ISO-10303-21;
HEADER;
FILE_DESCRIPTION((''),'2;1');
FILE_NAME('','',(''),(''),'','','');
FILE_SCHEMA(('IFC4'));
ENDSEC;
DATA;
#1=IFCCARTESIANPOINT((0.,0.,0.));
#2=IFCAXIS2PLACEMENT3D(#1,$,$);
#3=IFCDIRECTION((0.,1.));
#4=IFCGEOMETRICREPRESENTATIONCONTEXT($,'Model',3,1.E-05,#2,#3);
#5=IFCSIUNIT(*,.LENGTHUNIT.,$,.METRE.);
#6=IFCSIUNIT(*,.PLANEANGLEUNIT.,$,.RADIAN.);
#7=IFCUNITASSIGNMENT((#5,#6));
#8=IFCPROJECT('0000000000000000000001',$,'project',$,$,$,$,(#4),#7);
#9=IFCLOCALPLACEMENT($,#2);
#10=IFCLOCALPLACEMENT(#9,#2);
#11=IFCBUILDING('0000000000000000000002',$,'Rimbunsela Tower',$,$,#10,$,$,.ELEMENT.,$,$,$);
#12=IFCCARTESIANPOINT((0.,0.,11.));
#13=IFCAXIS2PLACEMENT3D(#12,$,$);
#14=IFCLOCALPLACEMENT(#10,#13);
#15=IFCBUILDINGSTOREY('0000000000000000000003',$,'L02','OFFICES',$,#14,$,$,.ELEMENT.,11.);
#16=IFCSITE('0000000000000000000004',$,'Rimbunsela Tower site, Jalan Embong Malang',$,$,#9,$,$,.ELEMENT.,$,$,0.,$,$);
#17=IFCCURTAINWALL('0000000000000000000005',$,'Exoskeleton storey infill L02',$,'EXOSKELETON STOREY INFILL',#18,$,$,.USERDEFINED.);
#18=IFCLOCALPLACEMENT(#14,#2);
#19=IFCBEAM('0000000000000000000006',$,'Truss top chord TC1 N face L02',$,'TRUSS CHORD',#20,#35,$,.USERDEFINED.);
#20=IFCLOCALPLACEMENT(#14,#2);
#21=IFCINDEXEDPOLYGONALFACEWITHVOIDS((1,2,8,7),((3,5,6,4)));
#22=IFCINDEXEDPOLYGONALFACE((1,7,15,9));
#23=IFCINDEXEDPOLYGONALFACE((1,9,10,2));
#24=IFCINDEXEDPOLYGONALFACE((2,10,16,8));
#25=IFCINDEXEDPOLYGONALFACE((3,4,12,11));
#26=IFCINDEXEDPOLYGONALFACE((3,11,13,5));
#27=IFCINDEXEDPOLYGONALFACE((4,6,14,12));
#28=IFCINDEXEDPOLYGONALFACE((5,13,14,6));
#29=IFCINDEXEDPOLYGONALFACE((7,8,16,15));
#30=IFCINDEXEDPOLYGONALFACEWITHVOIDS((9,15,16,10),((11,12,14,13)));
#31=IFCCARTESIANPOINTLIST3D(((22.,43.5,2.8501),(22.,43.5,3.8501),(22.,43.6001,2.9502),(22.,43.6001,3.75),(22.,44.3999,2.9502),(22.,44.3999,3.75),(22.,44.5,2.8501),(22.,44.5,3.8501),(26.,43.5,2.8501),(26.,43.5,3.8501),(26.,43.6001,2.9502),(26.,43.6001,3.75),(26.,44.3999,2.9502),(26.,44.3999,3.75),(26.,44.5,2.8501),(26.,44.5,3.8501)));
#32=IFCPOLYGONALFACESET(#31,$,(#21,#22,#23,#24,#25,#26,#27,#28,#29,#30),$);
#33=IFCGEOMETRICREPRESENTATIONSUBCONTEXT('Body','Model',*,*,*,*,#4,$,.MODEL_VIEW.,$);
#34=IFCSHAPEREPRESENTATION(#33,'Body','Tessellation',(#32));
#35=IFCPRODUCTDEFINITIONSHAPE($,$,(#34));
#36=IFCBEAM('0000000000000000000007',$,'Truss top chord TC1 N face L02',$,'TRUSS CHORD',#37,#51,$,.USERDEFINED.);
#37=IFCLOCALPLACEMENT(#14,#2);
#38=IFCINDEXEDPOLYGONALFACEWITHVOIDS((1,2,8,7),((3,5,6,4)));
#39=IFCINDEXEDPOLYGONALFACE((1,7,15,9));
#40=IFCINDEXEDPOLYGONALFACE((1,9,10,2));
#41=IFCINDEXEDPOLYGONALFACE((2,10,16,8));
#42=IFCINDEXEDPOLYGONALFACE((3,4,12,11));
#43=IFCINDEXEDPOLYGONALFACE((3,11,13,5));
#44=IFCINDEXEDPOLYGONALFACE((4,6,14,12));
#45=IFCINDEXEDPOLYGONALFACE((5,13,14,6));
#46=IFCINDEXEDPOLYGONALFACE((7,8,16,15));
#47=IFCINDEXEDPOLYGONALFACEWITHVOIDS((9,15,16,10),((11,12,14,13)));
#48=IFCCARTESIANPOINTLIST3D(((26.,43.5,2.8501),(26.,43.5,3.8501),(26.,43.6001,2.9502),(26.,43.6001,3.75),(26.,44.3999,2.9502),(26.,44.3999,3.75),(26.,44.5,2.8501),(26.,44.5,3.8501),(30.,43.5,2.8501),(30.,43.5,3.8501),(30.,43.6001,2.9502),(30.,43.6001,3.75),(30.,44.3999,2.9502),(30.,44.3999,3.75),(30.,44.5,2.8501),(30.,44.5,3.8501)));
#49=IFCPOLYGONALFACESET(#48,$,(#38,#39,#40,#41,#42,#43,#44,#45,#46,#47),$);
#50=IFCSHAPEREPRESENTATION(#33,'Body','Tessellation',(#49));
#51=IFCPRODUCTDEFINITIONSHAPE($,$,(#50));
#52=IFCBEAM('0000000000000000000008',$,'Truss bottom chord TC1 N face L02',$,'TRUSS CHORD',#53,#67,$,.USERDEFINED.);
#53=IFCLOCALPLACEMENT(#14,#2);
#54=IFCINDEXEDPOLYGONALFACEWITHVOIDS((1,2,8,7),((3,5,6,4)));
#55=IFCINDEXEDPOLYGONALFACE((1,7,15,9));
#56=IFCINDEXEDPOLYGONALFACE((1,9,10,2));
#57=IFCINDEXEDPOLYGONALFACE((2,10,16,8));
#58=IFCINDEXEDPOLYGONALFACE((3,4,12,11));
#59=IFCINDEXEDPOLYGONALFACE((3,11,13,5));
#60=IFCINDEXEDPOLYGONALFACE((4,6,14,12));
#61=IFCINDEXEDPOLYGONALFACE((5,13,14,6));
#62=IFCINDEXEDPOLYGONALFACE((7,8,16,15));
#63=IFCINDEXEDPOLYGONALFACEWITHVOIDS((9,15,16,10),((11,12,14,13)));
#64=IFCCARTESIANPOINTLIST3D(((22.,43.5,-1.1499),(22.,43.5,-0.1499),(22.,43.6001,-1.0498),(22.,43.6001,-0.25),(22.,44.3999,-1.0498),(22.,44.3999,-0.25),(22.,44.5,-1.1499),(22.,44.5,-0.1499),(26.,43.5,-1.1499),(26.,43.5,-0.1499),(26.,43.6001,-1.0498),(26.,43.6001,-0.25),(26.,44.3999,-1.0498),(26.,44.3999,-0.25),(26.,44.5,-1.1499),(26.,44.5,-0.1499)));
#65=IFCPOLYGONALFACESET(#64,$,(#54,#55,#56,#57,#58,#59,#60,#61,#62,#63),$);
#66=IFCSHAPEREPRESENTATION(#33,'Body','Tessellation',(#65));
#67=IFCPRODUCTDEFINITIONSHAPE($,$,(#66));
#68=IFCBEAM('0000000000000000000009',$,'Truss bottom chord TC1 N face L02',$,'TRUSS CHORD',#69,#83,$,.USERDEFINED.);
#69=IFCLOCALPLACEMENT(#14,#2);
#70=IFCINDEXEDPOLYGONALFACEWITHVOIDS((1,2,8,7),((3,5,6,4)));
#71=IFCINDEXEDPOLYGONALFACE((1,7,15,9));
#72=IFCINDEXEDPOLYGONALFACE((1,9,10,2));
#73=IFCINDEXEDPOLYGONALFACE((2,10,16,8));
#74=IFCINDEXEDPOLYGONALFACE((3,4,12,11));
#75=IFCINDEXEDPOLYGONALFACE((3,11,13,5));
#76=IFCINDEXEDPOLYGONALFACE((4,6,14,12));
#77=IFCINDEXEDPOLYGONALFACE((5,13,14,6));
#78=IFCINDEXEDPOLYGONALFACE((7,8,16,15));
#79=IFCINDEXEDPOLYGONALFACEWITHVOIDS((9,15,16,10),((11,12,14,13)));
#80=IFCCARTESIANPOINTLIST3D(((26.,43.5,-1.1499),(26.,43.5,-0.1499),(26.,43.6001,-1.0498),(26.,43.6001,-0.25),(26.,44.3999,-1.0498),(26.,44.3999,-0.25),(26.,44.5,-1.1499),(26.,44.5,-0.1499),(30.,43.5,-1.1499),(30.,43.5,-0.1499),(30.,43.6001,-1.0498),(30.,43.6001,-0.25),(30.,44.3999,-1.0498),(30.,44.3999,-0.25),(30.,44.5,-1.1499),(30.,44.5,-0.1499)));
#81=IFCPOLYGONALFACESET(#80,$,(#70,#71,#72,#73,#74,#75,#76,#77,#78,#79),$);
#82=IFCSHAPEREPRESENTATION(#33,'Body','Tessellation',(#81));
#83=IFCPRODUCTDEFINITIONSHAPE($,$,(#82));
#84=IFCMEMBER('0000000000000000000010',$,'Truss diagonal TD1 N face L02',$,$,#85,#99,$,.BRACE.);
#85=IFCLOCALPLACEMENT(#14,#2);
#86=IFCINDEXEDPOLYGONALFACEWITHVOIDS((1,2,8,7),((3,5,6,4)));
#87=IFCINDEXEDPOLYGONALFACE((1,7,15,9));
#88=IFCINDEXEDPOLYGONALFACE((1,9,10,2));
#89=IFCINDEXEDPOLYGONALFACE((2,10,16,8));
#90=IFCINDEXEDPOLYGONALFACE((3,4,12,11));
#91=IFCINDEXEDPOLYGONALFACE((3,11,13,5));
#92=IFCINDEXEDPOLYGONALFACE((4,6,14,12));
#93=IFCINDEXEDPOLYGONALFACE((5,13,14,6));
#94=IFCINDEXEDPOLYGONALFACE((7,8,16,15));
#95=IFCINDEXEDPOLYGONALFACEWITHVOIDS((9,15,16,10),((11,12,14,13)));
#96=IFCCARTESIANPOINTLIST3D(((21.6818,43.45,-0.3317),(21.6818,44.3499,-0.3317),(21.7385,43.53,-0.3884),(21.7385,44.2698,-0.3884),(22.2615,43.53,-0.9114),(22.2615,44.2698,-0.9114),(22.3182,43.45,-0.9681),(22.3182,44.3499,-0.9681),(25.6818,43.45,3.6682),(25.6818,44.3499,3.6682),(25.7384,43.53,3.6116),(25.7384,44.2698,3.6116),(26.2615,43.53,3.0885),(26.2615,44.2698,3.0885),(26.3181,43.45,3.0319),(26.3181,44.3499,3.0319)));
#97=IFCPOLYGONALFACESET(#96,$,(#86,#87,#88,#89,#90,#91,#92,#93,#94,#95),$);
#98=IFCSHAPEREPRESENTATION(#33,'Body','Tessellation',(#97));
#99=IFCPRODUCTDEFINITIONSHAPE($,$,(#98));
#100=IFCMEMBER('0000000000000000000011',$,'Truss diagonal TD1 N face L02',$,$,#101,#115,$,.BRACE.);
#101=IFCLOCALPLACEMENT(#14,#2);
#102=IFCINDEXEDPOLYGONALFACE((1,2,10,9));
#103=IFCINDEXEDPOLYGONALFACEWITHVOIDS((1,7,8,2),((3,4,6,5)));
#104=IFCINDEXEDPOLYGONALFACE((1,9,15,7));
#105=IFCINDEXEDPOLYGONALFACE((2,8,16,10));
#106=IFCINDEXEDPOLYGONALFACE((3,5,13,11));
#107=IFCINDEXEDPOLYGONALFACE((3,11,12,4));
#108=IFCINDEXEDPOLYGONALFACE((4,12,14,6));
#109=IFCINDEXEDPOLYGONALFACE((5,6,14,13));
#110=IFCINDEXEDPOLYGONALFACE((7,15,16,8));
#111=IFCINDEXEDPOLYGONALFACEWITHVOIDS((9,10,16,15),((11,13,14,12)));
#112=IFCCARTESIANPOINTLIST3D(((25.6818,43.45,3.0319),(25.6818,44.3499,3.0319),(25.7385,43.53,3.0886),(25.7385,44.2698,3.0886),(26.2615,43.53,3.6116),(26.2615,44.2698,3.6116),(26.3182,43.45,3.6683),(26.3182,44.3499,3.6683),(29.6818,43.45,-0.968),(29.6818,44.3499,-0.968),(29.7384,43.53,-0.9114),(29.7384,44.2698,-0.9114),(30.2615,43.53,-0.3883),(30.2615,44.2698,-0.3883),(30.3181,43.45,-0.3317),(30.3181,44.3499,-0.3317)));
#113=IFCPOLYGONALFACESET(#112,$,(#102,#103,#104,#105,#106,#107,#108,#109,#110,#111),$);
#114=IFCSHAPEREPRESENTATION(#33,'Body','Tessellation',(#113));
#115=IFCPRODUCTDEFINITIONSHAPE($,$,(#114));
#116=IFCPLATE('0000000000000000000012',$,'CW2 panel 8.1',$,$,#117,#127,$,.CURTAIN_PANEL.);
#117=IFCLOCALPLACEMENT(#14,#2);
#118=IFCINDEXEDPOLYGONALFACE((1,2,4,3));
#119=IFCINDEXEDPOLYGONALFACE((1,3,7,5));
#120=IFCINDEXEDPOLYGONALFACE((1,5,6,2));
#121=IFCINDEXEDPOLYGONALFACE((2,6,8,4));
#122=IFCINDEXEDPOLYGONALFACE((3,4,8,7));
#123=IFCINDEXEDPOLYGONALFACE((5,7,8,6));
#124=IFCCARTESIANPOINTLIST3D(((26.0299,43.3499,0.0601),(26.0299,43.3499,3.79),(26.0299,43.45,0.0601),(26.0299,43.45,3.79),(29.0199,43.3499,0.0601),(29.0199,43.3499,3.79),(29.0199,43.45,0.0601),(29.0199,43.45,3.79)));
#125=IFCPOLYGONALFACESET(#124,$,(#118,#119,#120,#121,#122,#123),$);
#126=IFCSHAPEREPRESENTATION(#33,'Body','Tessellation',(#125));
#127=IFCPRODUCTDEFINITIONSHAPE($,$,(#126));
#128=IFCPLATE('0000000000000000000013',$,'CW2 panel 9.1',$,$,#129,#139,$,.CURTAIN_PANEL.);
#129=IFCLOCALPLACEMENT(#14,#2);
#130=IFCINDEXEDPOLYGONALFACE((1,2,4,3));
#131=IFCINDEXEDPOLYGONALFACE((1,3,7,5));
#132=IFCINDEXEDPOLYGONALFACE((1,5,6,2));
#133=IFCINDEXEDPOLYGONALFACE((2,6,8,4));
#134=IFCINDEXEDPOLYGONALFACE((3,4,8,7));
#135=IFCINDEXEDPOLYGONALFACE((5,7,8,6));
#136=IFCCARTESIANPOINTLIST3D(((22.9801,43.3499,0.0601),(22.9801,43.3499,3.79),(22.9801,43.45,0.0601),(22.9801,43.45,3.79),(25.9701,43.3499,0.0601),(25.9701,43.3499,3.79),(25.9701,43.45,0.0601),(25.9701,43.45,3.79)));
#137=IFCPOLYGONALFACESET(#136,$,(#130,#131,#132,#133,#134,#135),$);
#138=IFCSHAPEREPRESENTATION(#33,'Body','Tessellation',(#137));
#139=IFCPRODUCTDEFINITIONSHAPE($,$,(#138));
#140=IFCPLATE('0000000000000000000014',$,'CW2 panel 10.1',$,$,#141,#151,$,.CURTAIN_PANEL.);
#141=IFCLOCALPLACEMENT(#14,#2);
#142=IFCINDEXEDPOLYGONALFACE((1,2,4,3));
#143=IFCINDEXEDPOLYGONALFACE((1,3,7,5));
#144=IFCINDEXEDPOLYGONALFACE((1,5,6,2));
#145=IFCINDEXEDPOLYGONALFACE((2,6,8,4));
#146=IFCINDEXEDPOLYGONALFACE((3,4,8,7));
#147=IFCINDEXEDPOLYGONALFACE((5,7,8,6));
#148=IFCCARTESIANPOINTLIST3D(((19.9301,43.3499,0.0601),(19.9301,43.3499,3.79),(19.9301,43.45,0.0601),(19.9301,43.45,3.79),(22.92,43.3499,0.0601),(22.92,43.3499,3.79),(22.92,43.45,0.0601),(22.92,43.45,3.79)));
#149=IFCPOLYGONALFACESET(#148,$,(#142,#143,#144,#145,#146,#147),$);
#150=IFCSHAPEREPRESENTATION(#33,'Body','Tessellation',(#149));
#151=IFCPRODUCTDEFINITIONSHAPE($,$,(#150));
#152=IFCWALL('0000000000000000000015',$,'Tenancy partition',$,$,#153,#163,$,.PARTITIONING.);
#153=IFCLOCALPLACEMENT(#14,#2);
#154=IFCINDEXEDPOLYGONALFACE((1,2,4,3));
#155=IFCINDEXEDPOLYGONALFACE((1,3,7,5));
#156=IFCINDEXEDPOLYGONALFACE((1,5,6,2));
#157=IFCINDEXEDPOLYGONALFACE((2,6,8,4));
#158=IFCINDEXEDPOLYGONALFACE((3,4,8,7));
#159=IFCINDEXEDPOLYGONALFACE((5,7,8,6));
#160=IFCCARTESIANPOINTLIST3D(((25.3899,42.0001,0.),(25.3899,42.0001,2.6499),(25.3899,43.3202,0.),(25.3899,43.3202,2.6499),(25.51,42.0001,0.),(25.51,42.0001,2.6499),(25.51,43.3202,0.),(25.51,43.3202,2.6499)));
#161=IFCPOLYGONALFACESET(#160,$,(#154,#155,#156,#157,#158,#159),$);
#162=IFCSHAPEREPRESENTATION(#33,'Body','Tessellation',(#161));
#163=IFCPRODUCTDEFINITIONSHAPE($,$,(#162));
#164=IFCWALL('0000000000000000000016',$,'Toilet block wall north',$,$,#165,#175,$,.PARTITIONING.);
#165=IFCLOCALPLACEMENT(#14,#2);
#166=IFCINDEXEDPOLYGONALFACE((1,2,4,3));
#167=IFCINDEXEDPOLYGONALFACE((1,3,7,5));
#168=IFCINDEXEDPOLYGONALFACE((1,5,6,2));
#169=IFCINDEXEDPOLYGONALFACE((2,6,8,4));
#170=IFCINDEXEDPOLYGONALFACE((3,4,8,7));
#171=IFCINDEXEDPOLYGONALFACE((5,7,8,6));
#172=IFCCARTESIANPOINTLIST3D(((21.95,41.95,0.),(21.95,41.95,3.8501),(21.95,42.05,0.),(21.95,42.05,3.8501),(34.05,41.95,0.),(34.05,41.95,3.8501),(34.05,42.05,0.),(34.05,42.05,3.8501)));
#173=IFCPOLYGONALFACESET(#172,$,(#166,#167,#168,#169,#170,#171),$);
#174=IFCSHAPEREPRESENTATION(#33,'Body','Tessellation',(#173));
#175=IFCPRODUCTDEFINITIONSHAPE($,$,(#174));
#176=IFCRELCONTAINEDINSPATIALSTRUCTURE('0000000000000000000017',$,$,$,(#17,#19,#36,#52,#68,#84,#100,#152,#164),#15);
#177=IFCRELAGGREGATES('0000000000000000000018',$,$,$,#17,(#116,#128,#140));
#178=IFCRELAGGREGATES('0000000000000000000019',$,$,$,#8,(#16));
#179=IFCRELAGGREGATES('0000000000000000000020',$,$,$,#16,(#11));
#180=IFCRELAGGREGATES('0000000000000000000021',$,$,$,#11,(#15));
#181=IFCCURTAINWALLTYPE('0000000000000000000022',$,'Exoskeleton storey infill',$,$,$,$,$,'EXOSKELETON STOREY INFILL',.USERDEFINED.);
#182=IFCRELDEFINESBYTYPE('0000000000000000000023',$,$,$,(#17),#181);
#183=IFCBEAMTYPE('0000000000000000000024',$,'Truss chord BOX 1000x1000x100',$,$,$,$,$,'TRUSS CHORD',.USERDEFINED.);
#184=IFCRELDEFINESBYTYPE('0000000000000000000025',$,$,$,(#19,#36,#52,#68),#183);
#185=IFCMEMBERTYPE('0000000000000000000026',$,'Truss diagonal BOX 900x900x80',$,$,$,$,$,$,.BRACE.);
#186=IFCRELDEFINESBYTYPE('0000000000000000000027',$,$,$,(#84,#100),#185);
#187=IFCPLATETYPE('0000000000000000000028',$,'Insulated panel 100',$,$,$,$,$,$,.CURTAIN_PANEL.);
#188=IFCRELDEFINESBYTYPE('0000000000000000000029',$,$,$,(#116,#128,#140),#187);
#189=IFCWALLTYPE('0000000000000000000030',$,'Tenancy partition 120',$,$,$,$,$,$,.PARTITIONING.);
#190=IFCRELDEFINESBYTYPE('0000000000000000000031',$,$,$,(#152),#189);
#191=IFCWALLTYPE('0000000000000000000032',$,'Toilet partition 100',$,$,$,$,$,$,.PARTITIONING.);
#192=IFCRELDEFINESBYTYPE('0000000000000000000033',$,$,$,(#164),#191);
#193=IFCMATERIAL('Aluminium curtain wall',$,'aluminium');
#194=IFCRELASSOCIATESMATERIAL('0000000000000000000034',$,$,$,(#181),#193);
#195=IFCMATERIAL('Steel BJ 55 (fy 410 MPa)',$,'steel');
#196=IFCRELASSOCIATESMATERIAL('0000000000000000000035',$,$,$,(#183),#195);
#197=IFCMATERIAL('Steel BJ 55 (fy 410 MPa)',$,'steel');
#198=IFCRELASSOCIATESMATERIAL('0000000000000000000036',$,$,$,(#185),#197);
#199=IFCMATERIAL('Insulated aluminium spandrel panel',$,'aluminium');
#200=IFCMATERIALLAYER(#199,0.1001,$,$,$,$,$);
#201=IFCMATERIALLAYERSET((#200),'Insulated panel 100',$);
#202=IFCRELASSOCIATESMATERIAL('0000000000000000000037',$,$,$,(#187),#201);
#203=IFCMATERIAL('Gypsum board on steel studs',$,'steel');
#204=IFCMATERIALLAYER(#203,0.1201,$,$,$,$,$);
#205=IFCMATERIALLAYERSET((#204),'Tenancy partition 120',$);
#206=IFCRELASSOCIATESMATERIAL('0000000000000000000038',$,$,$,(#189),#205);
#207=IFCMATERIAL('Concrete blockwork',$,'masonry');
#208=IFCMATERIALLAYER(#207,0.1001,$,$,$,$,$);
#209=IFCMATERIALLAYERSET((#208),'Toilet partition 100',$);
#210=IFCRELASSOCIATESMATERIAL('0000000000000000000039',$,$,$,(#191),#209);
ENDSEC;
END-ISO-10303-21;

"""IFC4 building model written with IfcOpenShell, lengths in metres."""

from ifc_helpers import new_model, si_unit, direction, frame, frame_2d, origin, origin_2d, place, context, subcontext, project, spatial, rectangle, hollow_rectangle, extrude, material, layer, layer_set, material_profile, profile_set, type_object, element, aggregate, save


model = new_model("IFC4")

# Units and contexts
model_context = context("Model", 3, precision=1e-05, world=origin(), true_north=direction((0.0, 1.0)))
body_context = subcontext(model_context, "Body", "Model", "MODEL_VIEW")
ifc_project = project(units=[si_unit("LENGTHUNIT", "METRE"), si_unit("PLANEANGLEUNIT", "RADIAN")], contexts=[model_context])

# Site, building, storey
site_placement = place(None, origin())
site = spatial("IfcSite", under=ifc_project, at=site_placement, Name="Rimbunsela Tower site, Jalan Embong Malang", CompositionType="ELEMENT", RefElevation=0.0)
building_placement = place(site_placement, origin())
building = spatial("IfcBuilding", under=site, at=building_placement, Name="Rimbunsela Tower", CompositionType="ELEMENT")
storey_placement = place(building_placement, frame((0.0, 0.0, 11.0)))
storey = spatial("IfcBuildingStorey", under=building, at=storey_placement, Name="L02", Description="OFFICES", CompositionType="ELEMENT", Elevation=11.0)

# Curtain wall
ifc_material_1 = material(Name="Aluminium curtain wall", Category="aluminium")
curtain_wall_type = type_object("IfcCurtainWallType", Name="Exoskeleton storey infill", ElementType="EXOSKELETON STOREY INFILL", PredefinedType="USERDEFINED", material=ifc_material_1)
curtain_wall_placement = place(storey_placement, origin())
curtain_wall = element("IfcCurtainWall", 1, at=curtain_wall_placement, inside=storey, type_object=curtain_wall_type, Name="Exoskeleton storey infill L02", ObjectType="EXOSKELETON STOREY INFILL", PredefinedType="USERDEFINED")

# Beams
ifc_material_2 = material(Name="Steel BJ 55 (fy 410 MPa)", Category="steel")
ifc_material_profile_1 = material_profile(ifc_material_2, hollow_rectangle(XDim=1.0, YDim=1.0, WallThickness=0.1001, at=origin_2d()), Name="BOX 1000x1000x100")
ifc_profile_set_1 = profile_set([ifc_material_profile_1], Name="Steel BJ 55 (fy 410 MPa)")
beam_type = type_object("IfcBeamType", Name="Truss chord BOX 1000x1000x100", ElementType="TRUSS CHORD", PredefinedType="USERDEFINED", material=ifc_profile_set_1)
for number, where, z_axis, x_axis, name in (
    (2, (22.0, 44.0, 3.3501), (1.0, 0.0, 0.0), (0.0, 1.0, 0.0), "Truss top chord TC1 N face L02"),
    (3, (26.0, 44.0, 3.3501), (1.0, 0.0, 0.0), (0.0, 1.0, 0.0), "Truss top chord TC1 N face L02"),
    (4, (22.0, 44.0, -0.6499), (1.0, 0.0, 0.0), (0.0, 1.0, 0.0), "Truss bottom chord TC1 N face L02"),
    (5, (26.0, 44.0, -0.6499), (1.0, 0.0, 0.0), (0.0, 1.0, 0.0), "Truss bottom chord TC1 N face L02"),
):
    element("IfcBeam", number, at=place(storey_placement, frame(where, z_axis=z_axis, x_axis=x_axis)), inside=storey, type_object=beam_type, Name=name, ObjectType="TRUSS CHORD", PredefinedType="USERDEFINED", context=body_context, shape_type="SweptSolid", body=[
        extrude(hollow_rectangle(XDim=1.0, YDim=1.0, WallThickness=0.1001, at=origin_2d()), origin(), (0.0, 0.0, 1.0), 4.0),
    ])

# Members
ifc_material_3 = material(Name="Steel BJ 55 (fy 410 MPa)", Category="steel")
ifc_material_profile_2 = material_profile(ifc_material_3, hollow_rectangle(XDim=0.8999, YDim=0.8999, WallThickness=0.0801, at=origin_2d()), Name="BOX 900x900x80")
ifc_profile_set_2 = profile_set([ifc_material_profile_2], Name="Steel BJ 55 (fy 410 MPa)")
member_type_1 = type_object("IfcMemberType", Name="Truss diagonal BOX 900x900x80", PredefinedType="BRACE", material=ifc_profile_set_2)
for number, where, z_axis, x_axis, name in (
    (6, (22.0, 43.8999, -0.6499), (0.707107, 0.0, 0.707107), (0.0, 1.0, 0.0), "Truss diagonal TD1 N face L02"),
    (7, (26.0, 43.8999, 3.3501), (0.707107, 0.0, -0.707107), (0.0, 1.0, 0.0), "Truss diagonal TD1 N face L02"),
):
    element("IfcMember", number, at=place(storey_placement, frame(where, z_axis=z_axis, x_axis=x_axis)), inside=storey, type_object=member_type_1, Name=name, PredefinedType="BRACE", context=body_context, shape_type="SweptSolid", body=[
        extrude(hollow_rectangle(XDim=0.8999, YDim=0.8999, WallThickness=0.0801, at=origin_2d()), origin(), (0.0, 0.0, 1.0), 5.6567),
    ])

# Plates
ifc_material_4 = material(Name="Insulated aluminium spandrel panel", Category="aluminium")
ifc_layer_1 = layer(ifc_material_4, 0.1001)
ifc_layer_set_1 = layer_set([ifc_layer_1], Name="Insulated panel 100")
plate_type = type_object("IfcPlateType", Name="Insulated panel 100", PredefinedType="CURTAIN_PANEL", material=ifc_layer_set_1)
plate_1_placement = place(storey_placement, frame((27.5249, 43.3999, 0.0601), z_axis=(0.0, 0.0, 1.0), x_axis=(-1.0, 0.0, 0.0)))
plate_1 = element("IfcPlate", 8, at=plate_1_placement, type_object=plate_type, Name="CW2 panel 8.1", PredefinedType="CURTAIN_PANEL", context=body_context, shape_type="SweptSolid", body=[
    extrude(rectangle(XDim=2.99, YDim=0.1001, at=origin_2d()), origin(), (0.0, 0.0, 1.0), 3.73),
])
plate_2_placement = place(storey_placement, frame((24.4751, 43.3999, 0.0601), z_axis=(0.0, 0.0, 1.0), x_axis=(-1.0, 0.0, 0.0)))
plate_2 = element("IfcPlate", 9, at=plate_2_placement, type_object=plate_type, Name="CW2 panel 9.1", PredefinedType="CURTAIN_PANEL", context=body_context, shape_type="SweptSolid", body=[
    extrude(rectangle(XDim=2.99, YDim=0.1001, at=origin_2d()), origin(), (0.0, 0.0, 1.0), 3.73),
])
plate_3_placement = place(storey_placement, frame((21.425, 43.3999, 0.0601), z_axis=(0.0, 0.0, 1.0), x_axis=(-1.0, 0.0, 0.0)))
plate_3 = element("IfcPlate", 10, at=plate_3_placement, type_object=plate_type, Name="CW2 panel 10.1", PredefinedType="CURTAIN_PANEL", context=body_context, shape_type="SweptSolid", body=[
    extrude(rectangle(XDim=2.99, YDim=0.1001, at=origin_2d()), origin(), (0.0, 0.0, 1.0), 3.73),
])
aggregate(curtain_wall, [plate_1, plate_2, plate_3])

# Walls
ifc_material_5 = material(Name="Gypsum board on steel studs", Category="steel")
ifc_layer_2 = layer(ifc_material_5, 0.1201)
ifc_layer_set_2 = layer_set([ifc_layer_2], Name="Tenancy partition 120")
wall_type_1 = type_object("IfcWallType", Name="Tenancy partition 120", PredefinedType="PARTITIONING", material=ifc_layer_set_2)
wall_1_placement = place(storey_placement, frame((25.45, 42.0, 0.0), z_axis=(0.0, 0.0, 1.0), x_axis=(0.0, 1.0, 0.0)))
element("IfcWall", 11, at=wall_1_placement, inside=storey, type_object=wall_type_1, Name="Tenancy partition", PredefinedType="PARTITIONING", context=body_context, shape_type="SweptSolid", body=[
    extrude(rectangle(XDim=1.3201, YDim=0.1201, at=frame_2d((0.6602, 0.0))), origin(), (0.0, 0.0, 1.0), 2.6499),
])
ifc_material_6 = material(Name="Concrete blockwork", Category="masonry")
ifc_layer_3 = layer(ifc_material_6, 0.1001)
ifc_layer_set_3 = layer_set([ifc_layer_3], Name="Toilet partition 100")
wall_type_2 = type_object("IfcWallType", Name="Toilet partition 100", PredefinedType="PARTITIONING", material=ifc_layer_set_3)
wall_2_placement = place(storey_placement, frame((21.95, 42.0, 0.0), z_axis=(0.0, 0.0, 1.0), x_axis=(1.0, 0.0, 0.0)))
element("IfcWall", 12, at=wall_2_placement, inside=storey, type_object=wall_type_2, Name="Toilet block wall north", PredefinedType="PARTITIONING", context=body_context, shape_type="SweptSolid", body=[
    extrude(rectangle(XDim=12.1001, YDim=0.1001, at=frame_2d((6.05, 0.0))), origin(), (0.0, 0.0, 1.0), 3.8501),
])

save(model, "model.ifc")
